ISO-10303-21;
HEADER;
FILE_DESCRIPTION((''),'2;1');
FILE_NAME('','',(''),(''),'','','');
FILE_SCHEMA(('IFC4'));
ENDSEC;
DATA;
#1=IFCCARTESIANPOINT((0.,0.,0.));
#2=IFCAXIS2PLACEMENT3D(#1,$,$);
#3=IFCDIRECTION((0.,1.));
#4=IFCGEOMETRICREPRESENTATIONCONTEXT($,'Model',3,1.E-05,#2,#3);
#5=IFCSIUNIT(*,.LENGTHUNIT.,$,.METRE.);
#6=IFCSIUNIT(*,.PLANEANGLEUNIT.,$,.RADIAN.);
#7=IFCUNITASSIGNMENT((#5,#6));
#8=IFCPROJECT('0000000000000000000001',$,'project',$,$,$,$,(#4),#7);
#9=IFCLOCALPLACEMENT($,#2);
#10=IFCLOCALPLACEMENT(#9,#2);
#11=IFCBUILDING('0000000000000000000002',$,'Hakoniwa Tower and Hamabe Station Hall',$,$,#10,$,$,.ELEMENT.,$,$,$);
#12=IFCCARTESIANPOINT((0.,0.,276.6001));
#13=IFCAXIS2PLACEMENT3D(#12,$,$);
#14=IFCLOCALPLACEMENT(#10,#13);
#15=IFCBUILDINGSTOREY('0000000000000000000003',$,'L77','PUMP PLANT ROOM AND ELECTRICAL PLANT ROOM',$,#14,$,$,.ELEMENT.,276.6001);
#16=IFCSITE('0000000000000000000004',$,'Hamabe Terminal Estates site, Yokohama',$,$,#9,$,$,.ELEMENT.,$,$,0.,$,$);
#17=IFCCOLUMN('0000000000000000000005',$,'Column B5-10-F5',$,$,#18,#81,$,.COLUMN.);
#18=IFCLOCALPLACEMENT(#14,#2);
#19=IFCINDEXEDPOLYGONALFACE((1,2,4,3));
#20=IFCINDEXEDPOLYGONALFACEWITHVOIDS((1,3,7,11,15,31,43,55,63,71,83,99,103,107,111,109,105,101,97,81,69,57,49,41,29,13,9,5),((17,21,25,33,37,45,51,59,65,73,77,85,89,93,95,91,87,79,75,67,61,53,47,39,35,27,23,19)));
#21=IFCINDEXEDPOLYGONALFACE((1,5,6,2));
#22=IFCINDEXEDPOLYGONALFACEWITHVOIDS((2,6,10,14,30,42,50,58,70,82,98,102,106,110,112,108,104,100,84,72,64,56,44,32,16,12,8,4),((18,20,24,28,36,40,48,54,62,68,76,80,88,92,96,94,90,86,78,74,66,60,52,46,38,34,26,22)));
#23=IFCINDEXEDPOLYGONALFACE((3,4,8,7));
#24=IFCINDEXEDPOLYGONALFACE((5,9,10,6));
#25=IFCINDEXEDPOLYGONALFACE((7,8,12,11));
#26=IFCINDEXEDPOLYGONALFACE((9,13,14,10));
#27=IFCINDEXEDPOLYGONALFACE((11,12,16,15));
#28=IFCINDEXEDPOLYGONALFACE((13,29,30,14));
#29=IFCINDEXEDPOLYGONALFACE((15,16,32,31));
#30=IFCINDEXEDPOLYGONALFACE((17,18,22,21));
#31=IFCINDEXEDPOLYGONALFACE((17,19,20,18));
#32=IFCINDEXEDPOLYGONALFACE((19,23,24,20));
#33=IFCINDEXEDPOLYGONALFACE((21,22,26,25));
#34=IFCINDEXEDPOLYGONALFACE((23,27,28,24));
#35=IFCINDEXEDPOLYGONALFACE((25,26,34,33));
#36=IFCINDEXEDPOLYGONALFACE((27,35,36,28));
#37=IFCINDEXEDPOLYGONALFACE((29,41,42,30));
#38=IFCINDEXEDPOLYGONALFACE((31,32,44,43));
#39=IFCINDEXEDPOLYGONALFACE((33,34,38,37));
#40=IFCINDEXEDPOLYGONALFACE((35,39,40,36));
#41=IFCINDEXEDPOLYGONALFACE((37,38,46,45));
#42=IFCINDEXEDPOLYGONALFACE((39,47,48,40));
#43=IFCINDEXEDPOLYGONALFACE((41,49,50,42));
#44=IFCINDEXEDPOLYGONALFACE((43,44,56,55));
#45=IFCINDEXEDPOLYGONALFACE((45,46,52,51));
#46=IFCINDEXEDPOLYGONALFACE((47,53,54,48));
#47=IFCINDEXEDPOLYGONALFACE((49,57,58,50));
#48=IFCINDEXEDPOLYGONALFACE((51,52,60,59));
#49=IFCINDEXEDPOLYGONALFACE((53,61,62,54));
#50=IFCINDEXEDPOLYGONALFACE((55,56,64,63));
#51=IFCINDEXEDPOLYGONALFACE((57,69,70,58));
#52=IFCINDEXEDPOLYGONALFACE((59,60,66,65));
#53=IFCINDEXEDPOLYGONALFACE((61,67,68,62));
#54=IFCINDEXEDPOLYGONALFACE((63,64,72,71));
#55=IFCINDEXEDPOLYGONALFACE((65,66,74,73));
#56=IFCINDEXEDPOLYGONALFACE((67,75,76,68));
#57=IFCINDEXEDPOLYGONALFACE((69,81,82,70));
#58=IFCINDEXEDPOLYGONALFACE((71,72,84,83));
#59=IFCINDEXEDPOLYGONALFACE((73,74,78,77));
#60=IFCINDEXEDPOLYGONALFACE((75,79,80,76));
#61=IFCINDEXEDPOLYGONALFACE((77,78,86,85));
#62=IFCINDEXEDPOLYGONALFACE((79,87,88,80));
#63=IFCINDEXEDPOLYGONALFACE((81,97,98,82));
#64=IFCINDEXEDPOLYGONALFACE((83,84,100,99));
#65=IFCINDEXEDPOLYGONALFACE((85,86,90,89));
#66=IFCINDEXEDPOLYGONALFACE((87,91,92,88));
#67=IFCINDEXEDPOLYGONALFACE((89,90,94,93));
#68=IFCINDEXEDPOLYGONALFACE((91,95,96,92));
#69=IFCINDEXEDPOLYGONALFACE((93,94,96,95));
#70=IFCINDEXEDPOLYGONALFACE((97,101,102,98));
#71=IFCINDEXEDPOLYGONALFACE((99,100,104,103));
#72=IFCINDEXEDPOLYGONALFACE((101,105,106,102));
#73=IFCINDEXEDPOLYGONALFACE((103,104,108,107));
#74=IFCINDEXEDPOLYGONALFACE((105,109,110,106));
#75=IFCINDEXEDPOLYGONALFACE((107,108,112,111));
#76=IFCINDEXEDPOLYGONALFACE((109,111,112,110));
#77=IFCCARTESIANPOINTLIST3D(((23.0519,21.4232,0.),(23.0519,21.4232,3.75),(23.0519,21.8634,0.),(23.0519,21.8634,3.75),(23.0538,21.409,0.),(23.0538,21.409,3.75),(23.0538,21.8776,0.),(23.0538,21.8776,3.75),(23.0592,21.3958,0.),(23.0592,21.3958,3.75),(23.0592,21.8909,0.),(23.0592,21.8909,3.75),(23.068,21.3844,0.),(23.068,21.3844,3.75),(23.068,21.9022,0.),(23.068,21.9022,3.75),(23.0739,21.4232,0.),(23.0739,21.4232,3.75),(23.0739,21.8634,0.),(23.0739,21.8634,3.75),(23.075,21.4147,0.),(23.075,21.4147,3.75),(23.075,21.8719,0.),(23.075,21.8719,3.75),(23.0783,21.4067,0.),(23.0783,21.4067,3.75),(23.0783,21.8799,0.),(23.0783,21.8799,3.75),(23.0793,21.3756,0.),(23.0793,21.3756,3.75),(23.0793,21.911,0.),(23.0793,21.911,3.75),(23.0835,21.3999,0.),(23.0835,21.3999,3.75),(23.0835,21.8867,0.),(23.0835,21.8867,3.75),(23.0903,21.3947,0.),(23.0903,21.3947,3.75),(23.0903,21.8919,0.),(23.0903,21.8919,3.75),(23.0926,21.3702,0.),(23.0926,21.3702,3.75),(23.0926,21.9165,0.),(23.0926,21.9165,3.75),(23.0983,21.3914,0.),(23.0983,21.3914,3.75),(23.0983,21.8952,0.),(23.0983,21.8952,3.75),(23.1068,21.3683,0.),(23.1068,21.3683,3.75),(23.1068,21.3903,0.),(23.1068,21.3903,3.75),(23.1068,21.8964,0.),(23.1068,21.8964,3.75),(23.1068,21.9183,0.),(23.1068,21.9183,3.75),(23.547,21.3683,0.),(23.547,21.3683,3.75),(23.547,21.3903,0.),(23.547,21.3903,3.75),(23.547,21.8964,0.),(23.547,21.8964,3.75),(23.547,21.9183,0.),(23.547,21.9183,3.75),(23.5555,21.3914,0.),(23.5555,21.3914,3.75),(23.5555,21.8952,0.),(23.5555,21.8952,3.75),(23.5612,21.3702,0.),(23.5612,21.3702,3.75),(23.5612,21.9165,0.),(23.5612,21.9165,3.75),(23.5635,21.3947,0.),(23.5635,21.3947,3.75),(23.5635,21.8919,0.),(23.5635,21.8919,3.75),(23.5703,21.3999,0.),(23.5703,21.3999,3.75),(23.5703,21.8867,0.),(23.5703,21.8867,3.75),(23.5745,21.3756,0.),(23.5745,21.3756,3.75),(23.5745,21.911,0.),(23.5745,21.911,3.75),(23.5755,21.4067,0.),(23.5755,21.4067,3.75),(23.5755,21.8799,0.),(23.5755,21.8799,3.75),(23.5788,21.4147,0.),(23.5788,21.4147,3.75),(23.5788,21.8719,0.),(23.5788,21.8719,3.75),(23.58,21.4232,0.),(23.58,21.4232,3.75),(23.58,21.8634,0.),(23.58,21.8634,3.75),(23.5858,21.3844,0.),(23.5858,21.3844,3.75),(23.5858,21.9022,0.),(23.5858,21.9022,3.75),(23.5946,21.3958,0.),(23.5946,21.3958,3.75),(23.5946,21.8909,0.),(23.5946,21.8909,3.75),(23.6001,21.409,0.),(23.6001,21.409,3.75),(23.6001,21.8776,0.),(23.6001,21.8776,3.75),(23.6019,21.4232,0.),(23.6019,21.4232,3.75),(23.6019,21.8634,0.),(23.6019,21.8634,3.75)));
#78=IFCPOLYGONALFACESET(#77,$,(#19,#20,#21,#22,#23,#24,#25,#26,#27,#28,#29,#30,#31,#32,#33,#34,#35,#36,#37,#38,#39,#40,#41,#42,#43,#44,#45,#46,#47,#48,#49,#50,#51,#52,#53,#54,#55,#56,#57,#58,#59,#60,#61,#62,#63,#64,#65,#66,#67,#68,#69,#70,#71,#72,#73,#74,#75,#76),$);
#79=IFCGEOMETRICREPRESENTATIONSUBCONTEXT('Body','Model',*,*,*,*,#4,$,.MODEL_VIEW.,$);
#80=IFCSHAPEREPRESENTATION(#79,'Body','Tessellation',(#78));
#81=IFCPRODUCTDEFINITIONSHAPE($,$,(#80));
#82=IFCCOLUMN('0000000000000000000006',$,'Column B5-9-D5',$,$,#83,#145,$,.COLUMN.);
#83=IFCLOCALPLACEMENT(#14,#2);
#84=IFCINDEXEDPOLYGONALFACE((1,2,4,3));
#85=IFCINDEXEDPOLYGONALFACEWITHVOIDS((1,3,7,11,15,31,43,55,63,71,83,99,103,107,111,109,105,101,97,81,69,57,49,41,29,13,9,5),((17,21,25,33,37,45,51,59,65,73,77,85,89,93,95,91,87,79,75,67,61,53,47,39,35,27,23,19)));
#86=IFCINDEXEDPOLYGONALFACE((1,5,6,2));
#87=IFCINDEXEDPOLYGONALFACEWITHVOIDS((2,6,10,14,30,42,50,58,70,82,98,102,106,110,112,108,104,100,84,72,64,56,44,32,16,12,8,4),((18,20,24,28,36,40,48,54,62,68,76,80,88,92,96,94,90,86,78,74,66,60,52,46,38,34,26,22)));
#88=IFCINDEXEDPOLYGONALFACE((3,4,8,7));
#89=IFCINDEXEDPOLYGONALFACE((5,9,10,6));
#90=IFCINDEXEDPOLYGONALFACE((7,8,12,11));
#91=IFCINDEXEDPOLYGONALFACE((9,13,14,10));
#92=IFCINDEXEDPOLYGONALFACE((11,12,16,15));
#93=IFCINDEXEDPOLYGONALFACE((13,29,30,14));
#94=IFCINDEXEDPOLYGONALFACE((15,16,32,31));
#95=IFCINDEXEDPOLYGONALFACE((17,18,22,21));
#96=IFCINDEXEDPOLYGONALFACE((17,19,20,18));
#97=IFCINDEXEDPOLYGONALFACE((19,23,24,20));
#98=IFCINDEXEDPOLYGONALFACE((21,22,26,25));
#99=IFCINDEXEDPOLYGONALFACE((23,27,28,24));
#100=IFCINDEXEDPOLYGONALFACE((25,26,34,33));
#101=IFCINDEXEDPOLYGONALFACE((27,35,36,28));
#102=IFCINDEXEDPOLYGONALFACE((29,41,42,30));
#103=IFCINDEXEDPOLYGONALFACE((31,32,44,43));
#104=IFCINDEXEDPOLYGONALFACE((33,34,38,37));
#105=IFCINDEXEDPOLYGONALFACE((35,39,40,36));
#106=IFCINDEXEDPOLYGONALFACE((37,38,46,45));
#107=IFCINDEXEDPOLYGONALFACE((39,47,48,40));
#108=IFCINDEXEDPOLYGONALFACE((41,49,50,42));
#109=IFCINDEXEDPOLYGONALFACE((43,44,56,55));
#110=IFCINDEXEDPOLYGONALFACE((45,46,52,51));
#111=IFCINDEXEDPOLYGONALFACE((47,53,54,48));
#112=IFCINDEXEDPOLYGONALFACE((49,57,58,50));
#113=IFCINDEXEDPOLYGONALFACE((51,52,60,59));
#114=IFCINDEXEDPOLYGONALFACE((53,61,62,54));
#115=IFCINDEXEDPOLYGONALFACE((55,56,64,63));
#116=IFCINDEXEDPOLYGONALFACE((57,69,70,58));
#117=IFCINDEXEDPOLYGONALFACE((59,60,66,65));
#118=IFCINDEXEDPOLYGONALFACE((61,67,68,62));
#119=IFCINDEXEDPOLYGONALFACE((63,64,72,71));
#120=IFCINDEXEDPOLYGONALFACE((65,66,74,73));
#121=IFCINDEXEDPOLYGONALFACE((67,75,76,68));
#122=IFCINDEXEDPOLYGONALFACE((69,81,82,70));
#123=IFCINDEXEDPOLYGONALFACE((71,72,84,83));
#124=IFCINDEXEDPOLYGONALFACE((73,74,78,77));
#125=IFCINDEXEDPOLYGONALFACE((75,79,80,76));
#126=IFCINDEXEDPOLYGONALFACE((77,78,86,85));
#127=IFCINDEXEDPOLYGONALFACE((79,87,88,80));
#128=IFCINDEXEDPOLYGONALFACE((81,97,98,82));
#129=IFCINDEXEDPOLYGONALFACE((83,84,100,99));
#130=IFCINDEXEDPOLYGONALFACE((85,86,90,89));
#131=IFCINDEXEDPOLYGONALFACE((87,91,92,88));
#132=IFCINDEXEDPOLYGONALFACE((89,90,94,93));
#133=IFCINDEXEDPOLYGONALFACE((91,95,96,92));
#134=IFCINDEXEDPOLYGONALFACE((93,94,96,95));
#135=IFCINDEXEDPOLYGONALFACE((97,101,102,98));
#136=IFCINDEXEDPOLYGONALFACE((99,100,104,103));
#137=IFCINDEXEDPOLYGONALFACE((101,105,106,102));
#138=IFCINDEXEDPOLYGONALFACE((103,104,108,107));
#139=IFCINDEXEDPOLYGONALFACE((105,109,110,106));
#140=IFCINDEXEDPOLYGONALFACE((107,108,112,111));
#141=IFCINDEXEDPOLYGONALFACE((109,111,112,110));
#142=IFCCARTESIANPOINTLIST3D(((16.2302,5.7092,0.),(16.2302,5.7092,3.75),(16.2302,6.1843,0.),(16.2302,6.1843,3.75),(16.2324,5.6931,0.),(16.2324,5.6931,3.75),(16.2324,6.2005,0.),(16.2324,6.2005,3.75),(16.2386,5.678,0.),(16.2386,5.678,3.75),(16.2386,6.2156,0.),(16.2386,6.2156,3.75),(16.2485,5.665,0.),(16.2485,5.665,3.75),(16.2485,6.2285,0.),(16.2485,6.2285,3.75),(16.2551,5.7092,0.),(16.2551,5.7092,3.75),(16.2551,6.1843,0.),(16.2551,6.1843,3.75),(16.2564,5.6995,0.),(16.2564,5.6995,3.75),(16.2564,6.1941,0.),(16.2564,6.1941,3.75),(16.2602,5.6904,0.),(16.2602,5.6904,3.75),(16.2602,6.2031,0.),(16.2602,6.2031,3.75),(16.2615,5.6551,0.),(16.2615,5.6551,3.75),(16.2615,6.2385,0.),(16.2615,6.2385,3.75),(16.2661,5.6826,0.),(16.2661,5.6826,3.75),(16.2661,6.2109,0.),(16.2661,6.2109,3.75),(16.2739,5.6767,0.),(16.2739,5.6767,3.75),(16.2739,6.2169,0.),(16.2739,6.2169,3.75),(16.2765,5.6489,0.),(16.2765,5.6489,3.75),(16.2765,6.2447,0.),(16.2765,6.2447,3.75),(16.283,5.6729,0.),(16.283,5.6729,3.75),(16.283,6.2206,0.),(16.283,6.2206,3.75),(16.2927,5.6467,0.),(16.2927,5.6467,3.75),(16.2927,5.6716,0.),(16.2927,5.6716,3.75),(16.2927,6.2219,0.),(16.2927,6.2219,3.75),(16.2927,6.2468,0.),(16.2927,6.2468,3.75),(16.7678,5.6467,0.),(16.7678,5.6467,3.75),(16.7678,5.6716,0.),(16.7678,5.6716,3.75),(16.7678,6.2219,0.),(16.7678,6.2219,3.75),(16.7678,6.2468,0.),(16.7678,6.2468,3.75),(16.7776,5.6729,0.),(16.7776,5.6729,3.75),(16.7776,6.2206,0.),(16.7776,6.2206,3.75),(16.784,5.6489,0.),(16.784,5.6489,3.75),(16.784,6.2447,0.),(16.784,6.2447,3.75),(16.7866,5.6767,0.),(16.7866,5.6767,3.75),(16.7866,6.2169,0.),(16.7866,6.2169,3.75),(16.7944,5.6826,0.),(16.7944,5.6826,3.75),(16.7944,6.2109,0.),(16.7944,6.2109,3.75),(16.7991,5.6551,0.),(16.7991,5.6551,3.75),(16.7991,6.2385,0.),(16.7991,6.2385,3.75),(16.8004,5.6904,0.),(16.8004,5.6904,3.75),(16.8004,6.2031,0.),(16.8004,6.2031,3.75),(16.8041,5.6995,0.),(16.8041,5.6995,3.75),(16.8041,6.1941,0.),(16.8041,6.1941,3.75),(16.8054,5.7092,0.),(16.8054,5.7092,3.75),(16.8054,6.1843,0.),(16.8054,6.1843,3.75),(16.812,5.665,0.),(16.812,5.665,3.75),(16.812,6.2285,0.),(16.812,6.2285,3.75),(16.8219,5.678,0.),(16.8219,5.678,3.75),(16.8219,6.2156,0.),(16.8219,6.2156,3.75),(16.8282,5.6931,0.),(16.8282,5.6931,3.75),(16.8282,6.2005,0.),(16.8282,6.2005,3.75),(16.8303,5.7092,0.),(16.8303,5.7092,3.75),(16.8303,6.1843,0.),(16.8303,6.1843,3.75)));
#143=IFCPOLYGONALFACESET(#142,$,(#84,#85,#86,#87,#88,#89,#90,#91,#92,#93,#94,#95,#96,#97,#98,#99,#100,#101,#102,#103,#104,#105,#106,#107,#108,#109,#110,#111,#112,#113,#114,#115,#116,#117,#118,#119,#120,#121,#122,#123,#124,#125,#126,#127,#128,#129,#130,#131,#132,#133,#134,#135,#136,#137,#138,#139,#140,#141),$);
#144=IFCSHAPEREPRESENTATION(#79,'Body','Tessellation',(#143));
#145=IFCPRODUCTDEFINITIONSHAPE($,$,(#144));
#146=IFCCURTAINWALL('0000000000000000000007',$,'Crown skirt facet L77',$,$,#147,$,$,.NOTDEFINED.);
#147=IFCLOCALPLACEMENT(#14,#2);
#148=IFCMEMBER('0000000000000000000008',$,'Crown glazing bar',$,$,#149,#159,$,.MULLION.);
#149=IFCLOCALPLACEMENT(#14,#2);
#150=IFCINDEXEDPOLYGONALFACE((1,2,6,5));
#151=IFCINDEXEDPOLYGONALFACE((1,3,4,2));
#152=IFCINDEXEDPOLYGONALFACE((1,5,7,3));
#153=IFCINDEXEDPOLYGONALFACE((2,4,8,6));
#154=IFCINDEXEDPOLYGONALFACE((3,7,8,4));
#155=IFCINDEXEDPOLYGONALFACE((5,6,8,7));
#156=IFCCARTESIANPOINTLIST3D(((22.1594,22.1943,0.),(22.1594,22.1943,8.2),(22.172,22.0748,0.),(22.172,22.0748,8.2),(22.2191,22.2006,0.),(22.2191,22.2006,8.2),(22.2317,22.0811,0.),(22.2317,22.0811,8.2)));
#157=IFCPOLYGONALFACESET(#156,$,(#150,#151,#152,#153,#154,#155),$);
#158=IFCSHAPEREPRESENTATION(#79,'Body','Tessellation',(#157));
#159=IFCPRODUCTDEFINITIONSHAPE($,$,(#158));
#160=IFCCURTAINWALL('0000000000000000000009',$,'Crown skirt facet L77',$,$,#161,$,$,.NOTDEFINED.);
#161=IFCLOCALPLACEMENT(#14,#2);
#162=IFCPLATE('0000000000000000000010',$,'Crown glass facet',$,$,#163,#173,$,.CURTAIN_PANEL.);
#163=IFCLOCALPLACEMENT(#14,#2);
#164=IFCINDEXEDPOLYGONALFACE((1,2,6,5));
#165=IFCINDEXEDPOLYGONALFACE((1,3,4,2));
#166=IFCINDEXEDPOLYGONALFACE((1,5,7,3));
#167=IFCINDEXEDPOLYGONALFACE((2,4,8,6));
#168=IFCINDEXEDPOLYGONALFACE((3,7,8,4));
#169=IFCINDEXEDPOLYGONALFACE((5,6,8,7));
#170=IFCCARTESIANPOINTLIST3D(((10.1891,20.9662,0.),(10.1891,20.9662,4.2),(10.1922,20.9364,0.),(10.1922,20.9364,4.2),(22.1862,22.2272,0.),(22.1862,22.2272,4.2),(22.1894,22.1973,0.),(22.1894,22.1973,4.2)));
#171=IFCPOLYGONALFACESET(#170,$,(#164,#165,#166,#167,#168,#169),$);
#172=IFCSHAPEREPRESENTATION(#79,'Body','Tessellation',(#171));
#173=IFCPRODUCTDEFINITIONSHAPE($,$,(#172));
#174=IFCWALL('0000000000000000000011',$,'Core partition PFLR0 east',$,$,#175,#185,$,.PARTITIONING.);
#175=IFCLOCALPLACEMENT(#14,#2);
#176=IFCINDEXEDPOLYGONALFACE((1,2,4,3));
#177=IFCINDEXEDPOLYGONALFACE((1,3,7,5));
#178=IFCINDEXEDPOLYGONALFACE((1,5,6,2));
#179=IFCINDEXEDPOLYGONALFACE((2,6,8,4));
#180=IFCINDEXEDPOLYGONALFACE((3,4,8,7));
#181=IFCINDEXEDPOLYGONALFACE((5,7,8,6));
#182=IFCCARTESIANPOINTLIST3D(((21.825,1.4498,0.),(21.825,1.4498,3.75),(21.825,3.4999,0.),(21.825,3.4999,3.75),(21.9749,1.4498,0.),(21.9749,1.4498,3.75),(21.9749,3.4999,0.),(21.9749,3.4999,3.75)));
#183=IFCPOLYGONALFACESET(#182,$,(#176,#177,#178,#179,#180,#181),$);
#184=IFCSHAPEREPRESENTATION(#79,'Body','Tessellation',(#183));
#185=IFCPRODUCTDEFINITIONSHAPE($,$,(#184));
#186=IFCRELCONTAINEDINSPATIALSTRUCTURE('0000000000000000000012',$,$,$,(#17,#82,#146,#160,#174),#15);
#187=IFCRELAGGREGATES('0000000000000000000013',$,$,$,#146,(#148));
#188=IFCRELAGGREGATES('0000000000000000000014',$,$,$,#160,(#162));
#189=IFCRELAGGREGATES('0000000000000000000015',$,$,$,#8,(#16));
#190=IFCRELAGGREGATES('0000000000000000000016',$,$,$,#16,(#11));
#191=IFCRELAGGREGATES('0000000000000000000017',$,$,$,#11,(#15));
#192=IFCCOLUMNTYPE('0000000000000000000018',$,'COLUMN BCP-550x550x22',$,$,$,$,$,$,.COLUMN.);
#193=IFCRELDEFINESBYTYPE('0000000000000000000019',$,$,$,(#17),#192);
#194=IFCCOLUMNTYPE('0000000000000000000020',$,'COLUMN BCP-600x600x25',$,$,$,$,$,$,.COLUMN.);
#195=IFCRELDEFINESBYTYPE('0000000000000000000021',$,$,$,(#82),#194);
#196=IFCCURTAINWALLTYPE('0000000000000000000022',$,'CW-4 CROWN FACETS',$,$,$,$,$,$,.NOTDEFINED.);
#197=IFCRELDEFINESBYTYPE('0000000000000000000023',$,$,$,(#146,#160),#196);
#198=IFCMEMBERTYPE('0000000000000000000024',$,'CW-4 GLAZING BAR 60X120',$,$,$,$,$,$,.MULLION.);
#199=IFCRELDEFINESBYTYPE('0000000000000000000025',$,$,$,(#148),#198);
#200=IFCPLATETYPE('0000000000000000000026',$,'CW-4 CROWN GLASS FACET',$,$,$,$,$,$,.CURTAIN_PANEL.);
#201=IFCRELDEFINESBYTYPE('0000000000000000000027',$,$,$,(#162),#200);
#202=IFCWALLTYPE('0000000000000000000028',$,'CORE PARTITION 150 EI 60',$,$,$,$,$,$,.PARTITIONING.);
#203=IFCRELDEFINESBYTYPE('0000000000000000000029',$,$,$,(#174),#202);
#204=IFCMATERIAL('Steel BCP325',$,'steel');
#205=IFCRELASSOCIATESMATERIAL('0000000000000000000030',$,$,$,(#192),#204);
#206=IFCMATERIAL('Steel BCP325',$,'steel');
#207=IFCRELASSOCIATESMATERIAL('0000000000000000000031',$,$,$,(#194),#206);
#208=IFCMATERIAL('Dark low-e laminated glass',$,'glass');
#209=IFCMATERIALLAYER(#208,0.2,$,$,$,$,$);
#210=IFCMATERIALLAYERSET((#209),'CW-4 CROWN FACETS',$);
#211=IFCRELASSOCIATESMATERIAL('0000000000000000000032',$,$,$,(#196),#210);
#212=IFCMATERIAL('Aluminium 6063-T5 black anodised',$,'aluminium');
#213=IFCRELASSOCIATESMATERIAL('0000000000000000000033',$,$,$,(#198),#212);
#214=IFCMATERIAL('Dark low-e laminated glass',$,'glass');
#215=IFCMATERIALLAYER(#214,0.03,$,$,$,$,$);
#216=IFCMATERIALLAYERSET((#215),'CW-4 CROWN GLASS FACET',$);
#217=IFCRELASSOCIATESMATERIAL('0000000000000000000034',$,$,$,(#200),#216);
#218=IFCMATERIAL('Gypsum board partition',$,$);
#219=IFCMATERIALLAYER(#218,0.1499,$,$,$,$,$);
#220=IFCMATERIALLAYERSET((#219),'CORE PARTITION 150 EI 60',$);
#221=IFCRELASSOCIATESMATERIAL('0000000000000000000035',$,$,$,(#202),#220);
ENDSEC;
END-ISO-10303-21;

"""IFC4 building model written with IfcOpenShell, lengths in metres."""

from ifc_helpers import new_model, si_unit, direction, frame, frame_2d, origin, origin_2d, place, context, subcontext, project, spatial, rectangle, hollow_rectangle, extrude, material, layer, layer_set, material_profile, profile_set, type_object, element, aggregate, save


model = new_model("IFC4")

# Units and contexts
model_context = context("Model", 3, precision=1e-05, world=origin(), true_north=direction((0.0, 1.0)))
body_context = subcontext(model_context, "Body", "Model", "MODEL_VIEW")
ifc_project = project(units=[si_unit("LENGTHUNIT", "METRE"), si_unit("PLANEANGLEUNIT", "RADIAN")], contexts=[model_context])

# Site, building, storey
site_placement = place(None, origin())
site = spatial("IfcSite", under=ifc_project, at=site_placement, Name="Hamabe Terminal Estates site, Yokohama", CompositionType="ELEMENT", RefElevation=0.0)
building_placement = place(site_placement, origin())
building = spatial("IfcBuilding", under=site, at=building_placement, Name="Hakoniwa Tower and Hamabe Station Hall", CompositionType="ELEMENT")
storey_placement = place(building_placement, frame((0.0, 0.0, 276.6001)))
storey = spatial("IfcBuildingStorey", under=building, at=storey_placement, Name="L77", Description="PUMP PLANT ROOM AND ELECTRICAL PLANT ROOM", CompositionType="ELEMENT", Elevation=276.6001)

# Columns
ifc_material_1 = material(Name="Steel BCP325", Category="steel")
ifc_material_profile_1 = material_profile(ifc_material_1, hollow_rectangle(XDim=0.55, YDim=0.55, WallThickness=0.022, InnerFilletRadius=0.033, OuterFilletRadius=0.0549, at=origin_2d()), Name="BCP-550x550x22")
ifc_profile_set_1 = profile_set([ifc_material_profile_1], Name="Steel BCP325")
column_type_1 = type_object("IfcColumnType", Name="COLUMN BCP-550x550x22", PredefinedType="COLUMN", material=ifc_profile_set_1)
column_1_placement = place(storey_placement, frame((23.3269, 21.6433, 0.0), z_axis=(0.0, 0.0, 1.0), x_axis=(1.0, 0.0, 0.0)))
element("IfcColumn", 1, at=column_1_placement, inside=storey, type_object=column_type_1, Name="Column B5-10-F5", PredefinedType="COLUMN", context=body_context, shape_type="SweptSolid", body=[
    extrude(hollow_rectangle(XDim=0.55, YDim=0.55, WallThickness=0.022, InnerFilletRadius=0.033, OuterFilletRadius=0.0549, at=origin_2d()), origin(), (0.0, 0.0, 1.0), 3.75),
])
ifc_material_2 = material(Name="Steel BCP325", Category="steel")
ifc_material_profile_2 = material_profile(ifc_material_2, hollow_rectangle(XDim=0.6001, YDim=0.6001, WallThickness=0.0249, InnerFilletRadius=0.0376, OuterFilletRadius=0.0625, at=origin_2d()), Name="BCP-600x600x25")
ifc_profile_set_2 = profile_set([ifc_material_profile_2], Name="Steel BCP325")
column_type_2 = type_object("IfcColumnType", Name="COLUMN BCP-600x600x25", PredefinedType="COLUMN", material=ifc_profile_set_2)
column_2_placement = place(storey_placement, frame((16.5303, 5.9468, 0.0), z_axis=(0.0, 0.0, 1.0), x_axis=(1.0, 0.0, 0.0)))
element("IfcColumn", 2, at=column_2_placement, inside=storey, type_object=column_type_2, Name="Column B5-9-D5", PredefinedType="COLUMN", context=body_context, shape_type="SweptSolid", body=[
    extrude(hollow_rectangle(XDim=0.6001, YDim=0.6001, WallThickness=0.0249, InnerFilletRadius=0.0376, OuterFilletRadius=0.0625, at=origin_2d()), origin(), (0.0, 0.0, 1.0), 3.75),
])

# Curtain wall, member
ifc_material_3 = material(Name="Dark low-e laminated glass", Category="glass")
ifc_layer_1 = layer(ifc_material_3, 0.2)
ifc_layer_set_1 = layer_set([ifc_layer_1], Name="CW-4 CROWN FACETS")
curtain_wall_type = type_object("IfcCurtainWallType", Name="CW-4 CROWN FACETS", PredefinedType="NOTDEFINED", material=ifc_layer_set_1)
curtain_wall_1_placement = place(storey_placement, origin())
curtain_wall_1 = element("IfcCurtainWall", 3, at=curtain_wall_1_placement, inside=storey, type_object=curtain_wall_type, Name="Crown skirt facet L77", PredefinedType="NOTDEFINED")
ifc_material_4 = material(Name="Aluminium 6063-T5 black anodised", Category="aluminium")
ifc_material_profile_3 = material_profile(ifc_material_4, rectangle(XDim=0.0601, YDim=0.1201, at=origin_2d()), Name="CW-4 GLAZING BAR 60X120")
ifc_profile_set_3 = profile_set([ifc_material_profile_3], Name="Aluminium 6063-T5 black anodised")
member_type = type_object("IfcMemberType", Name="CW-4 GLAZING BAR 60X120", PredefinedType="MULLION", material=ifc_profile_set_3)
member_placement = place(storey_placement, frame((22.1956, 22.1377, 0.0), z_axis=(0.0, 0.0, 1.0), x_axis=(0.994522, 0.104528, 0.0)))
member = element("IfcMember", 4, at=member_placement, type_object=member_type, Name="Crown glazing bar", PredefinedType="MULLION", context=body_context, shape_type="SweptSolid", body=[
    extrude(rectangle(XDim=0.0601, YDim=0.1201, at=origin_2d()), origin(), (0.0, 0.0, 1.0), 8.2),
])
aggregate(curtain_wall_1, [member])

# Curtain wall, plate
curtain_wall_2_placement = place(storey_placement, origin())
curtain_wall_2 = element("IfcCurtainWall", 5, at=curtain_wall_2_placement, inside=storey, type_object=curtain_wall_type, Name="Crown skirt facet L77", PredefinedType="NOTDEFINED")
ifc_material_5 = material(Name="Dark low-e laminated glass", Category="glass")
ifc_layer_2 = layer(ifc_material_5, 0.03)
ifc_layer_set_2 = layer_set([ifc_layer_2], Name="CW-4 CROWN GLASS FACET")
plate_type = type_object("IfcPlateType", Name="CW-4 CROWN GLASS FACET", PredefinedType="CURTAIN_PANEL", material=ifc_layer_set_2)
plate_placement = place(storey_placement, frame((16.1892, 21.5818, 0.0), z_axis=(0.0, 0.0, 1.0), x_axis=(-0.994522, -0.104528, 0.0)))
plate = element("IfcPlate", 6, at=plate_placement, type_object=plate_type, Name="Crown glass facet", PredefinedType="CURTAIN_PANEL", context=body_context, shape_type="SweptSolid", body=[
    extrude(rectangle(XDim=12.0632, YDim=0.03, at=origin_2d()), origin(), (0.0, 0.0, 1.0), 4.2),
])
aggregate(curtain_wall_2, [plate])

# Wall
ifc_material_6 = material(Name="Gypsum board partition")
ifc_layer_3 = layer(ifc_material_6, 0.1499)
ifc_layer_set_3 = layer_set([ifc_layer_3], Name="CORE PARTITION 150 EI 60")
wall_type_1 = type_object("IfcWallType", Name="CORE PARTITION 150 EI 60", PredefinedType="PARTITIONING", material=ifc_layer_set_3)
wall_1_placement = place(storey_placement, frame((21.8999, 1.45, 0.0), z_axis=(0.0, 0.0, 1.0), x_axis=(0.0, 1.0, 0.0)))
element("IfcWall", 7, at=wall_1_placement, inside=storey, type_object=wall_type_1, Name="Core partition PFLR0 east", PredefinedType="PARTITIONING", context=body_context, shape_type="SweptSolid", body=[
    extrude(rectangle(XDim=2.05, YDim=0.1499, at=frame_2d((1.0249, 0.0))), origin(), (0.0, 0.0, 1.0), 3.75),
])

save(model, "model.ifc")
